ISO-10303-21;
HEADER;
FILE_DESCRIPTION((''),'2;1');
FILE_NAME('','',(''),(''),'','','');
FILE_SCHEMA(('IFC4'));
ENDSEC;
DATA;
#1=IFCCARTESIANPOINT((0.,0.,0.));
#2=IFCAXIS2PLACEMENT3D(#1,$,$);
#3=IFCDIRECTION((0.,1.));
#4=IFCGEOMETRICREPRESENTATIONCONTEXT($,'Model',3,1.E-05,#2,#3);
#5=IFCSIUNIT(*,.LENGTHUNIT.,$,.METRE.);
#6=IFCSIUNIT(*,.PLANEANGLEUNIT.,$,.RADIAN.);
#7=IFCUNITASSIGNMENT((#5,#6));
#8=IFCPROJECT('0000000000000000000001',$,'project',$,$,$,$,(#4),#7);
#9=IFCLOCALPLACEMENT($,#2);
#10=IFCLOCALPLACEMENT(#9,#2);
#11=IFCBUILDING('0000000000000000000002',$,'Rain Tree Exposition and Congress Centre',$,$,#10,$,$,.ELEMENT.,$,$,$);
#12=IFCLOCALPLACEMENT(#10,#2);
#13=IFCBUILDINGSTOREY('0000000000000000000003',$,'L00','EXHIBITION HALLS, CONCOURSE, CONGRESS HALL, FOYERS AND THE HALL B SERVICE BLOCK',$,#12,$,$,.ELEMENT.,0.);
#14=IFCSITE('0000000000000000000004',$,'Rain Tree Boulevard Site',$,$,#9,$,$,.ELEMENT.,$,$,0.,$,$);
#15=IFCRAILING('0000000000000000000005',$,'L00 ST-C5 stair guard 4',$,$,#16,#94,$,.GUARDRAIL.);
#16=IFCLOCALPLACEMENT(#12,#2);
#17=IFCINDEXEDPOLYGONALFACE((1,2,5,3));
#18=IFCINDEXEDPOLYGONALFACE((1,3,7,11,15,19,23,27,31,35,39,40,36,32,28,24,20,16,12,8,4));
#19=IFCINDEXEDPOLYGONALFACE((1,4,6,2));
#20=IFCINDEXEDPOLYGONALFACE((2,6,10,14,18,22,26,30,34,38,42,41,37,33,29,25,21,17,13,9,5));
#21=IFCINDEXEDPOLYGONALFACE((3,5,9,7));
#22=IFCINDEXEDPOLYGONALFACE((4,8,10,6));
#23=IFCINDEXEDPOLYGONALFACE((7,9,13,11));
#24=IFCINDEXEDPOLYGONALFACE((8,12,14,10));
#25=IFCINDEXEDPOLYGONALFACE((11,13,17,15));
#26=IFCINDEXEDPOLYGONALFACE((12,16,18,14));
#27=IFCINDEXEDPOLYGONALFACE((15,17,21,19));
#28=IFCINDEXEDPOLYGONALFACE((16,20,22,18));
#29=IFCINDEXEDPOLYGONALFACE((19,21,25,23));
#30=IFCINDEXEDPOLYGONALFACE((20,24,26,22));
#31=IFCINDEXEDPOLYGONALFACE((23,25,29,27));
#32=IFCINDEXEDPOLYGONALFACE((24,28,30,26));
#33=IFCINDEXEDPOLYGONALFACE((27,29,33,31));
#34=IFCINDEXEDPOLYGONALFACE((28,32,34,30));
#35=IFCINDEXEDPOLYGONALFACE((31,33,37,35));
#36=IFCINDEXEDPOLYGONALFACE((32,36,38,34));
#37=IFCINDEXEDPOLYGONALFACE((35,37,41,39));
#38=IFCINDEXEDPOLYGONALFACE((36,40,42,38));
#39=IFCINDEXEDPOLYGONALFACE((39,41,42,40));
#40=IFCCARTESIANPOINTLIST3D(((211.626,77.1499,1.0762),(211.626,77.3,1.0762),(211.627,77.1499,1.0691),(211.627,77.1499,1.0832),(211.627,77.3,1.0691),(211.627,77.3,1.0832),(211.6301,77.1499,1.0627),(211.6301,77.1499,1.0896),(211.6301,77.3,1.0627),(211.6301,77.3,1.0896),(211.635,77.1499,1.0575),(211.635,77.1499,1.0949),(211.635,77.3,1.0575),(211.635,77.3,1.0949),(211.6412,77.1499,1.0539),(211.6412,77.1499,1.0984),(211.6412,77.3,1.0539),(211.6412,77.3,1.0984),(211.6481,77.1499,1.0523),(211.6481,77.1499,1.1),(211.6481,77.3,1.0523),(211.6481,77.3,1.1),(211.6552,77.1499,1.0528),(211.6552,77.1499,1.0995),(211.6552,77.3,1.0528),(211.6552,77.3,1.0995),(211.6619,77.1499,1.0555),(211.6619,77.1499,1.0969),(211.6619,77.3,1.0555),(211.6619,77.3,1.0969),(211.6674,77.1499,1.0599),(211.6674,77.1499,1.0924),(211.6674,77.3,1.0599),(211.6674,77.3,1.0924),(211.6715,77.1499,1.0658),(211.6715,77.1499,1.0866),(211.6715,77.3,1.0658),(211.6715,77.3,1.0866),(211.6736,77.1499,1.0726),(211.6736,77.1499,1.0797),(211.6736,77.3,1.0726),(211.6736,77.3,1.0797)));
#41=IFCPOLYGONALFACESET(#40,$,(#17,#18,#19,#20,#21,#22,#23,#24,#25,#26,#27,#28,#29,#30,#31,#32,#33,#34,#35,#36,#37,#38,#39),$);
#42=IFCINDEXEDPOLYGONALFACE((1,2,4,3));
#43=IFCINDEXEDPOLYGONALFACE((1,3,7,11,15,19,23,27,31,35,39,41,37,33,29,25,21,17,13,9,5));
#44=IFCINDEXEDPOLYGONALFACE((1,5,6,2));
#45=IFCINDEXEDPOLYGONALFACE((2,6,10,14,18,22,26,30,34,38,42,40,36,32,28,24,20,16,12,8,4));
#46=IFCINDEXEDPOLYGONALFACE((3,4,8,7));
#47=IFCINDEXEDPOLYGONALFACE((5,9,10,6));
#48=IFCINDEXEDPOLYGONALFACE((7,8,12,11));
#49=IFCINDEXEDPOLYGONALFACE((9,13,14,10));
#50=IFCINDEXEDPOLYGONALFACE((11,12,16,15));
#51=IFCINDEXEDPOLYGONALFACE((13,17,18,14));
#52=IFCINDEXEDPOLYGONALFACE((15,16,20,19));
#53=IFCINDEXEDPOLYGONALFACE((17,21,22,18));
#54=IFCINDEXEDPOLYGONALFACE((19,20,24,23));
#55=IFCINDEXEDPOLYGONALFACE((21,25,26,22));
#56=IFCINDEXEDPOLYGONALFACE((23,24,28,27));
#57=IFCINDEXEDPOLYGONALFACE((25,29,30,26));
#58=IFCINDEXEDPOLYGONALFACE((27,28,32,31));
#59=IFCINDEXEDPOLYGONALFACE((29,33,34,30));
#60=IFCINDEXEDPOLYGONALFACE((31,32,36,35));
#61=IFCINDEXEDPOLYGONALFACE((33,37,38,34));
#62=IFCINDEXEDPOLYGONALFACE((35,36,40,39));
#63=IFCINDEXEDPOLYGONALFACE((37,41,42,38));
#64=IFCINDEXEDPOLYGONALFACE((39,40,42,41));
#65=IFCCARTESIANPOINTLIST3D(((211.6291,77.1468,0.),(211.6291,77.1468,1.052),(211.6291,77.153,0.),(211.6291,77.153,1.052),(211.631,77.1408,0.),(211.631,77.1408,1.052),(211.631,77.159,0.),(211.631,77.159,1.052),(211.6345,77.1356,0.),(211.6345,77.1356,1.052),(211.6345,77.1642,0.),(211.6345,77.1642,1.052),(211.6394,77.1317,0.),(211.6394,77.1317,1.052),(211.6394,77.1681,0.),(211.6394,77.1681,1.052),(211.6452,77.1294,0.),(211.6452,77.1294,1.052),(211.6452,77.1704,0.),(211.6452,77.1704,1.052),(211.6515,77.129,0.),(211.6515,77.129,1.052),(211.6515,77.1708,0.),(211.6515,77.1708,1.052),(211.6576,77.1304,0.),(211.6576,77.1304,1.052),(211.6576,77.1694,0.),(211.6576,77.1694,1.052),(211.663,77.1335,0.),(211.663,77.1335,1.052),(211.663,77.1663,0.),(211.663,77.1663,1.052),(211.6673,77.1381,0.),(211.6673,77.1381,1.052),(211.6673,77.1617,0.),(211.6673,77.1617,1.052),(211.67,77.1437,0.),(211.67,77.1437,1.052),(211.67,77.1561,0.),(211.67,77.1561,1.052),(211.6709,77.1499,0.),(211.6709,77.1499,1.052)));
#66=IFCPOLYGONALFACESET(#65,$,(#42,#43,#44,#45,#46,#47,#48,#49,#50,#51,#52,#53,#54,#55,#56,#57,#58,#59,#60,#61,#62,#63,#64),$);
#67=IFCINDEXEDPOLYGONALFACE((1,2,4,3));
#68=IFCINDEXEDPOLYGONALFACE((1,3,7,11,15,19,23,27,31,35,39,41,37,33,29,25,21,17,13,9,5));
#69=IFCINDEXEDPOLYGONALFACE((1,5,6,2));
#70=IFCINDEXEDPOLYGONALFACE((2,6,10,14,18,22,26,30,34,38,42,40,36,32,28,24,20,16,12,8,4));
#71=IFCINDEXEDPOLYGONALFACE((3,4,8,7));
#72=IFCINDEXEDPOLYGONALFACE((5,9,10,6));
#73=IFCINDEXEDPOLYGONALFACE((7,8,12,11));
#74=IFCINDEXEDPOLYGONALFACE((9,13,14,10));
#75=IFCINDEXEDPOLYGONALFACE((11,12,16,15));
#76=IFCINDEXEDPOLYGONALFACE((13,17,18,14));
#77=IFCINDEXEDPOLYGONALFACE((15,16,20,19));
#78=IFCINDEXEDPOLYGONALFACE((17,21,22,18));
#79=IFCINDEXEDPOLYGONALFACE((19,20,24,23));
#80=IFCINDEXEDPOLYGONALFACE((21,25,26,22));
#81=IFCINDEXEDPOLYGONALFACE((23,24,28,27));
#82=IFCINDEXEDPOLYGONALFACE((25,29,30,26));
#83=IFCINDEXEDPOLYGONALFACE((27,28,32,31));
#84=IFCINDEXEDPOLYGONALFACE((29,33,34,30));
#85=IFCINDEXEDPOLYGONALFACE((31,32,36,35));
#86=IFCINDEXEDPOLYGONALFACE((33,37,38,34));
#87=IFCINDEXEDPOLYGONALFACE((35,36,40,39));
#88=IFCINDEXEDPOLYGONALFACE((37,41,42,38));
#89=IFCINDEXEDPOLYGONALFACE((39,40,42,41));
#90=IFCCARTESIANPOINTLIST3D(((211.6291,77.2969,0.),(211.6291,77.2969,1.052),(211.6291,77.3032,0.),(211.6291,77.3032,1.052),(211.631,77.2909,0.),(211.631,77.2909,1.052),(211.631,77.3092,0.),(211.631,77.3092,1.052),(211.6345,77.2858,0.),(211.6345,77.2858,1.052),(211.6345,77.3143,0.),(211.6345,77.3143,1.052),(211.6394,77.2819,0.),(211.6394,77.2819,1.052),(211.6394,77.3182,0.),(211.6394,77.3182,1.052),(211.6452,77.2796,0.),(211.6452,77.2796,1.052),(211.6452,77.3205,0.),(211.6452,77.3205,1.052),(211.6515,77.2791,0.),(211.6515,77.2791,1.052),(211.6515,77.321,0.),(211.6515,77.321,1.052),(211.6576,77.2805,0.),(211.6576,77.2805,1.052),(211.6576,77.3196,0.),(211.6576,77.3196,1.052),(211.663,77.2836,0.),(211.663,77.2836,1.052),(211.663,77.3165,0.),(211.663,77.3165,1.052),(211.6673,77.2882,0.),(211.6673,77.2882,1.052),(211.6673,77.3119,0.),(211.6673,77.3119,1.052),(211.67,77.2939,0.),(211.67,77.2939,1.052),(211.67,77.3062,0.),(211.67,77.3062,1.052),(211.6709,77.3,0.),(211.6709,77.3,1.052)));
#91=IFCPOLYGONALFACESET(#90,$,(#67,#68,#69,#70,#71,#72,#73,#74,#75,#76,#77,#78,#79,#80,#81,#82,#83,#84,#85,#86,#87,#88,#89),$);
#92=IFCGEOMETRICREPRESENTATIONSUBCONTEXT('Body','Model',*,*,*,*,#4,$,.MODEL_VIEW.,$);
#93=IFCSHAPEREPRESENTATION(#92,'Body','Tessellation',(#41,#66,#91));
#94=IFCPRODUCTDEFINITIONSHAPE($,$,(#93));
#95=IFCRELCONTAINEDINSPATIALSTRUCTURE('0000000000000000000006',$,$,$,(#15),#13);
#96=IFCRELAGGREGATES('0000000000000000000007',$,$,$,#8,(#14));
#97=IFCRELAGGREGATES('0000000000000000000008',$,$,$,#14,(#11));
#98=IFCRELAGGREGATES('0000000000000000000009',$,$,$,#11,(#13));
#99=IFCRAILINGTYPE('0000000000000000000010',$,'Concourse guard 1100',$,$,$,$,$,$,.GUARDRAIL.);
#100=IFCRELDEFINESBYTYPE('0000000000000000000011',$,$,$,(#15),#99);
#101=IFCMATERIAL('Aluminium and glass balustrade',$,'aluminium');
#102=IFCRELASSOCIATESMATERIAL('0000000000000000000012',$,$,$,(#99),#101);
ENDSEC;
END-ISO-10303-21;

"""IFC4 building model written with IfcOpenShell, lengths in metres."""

from ifc_helpers import new_model, si_unit, direction, frame, origin, origin_2d, place, context, subcontext, project, spatial, circle, extrude, material, type_object, element, save


model = new_model("IFC4")

# Units and contexts
model_context = context("Model", 3, precision=1e-05, world=origin(), true_north=direction((0.0, 1.0)))
body_context = subcontext(model_context, "Body", "Model", "MODEL_VIEW")
ifc_project = project(units=[si_unit("LENGTHUNIT", "METRE"), si_unit("PLANEANGLEUNIT", "RADIAN")], contexts=[model_context])

# Site, building, storey
site_placement = place(None, origin())
site = spatial("IfcSite", under=ifc_project, at=site_placement, Name="Rain Tree Boulevard Site", CompositionType="ELEMENT", RefElevation=0.0)
building_placement = place(site_placement, origin())
building = spatial("IfcBuilding", under=site, at=building_placement, Name="Rain Tree Exposition and Congress Centre", CompositionType="ELEMENT")
storey_placement = place(building_placement, origin())
storey = spatial("IfcBuildingStorey", under=building, at=storey_placement, Name="L00", Description="EXHIBITION HALLS, CONCOURSE, CONGRESS HALL, FOYERS AND THE HALL B SERVICE BLOCK", CompositionType="ELEMENT", Elevation=0.0)

# Railing
ifc_material_1 = material(Name="Aluminium and glass balustrade", Category="aluminium")
railing_type_1 = type_object("IfcRailingType", Name="Concourse guard 1100", PredefinedType="GUARDRAIL", material=ifc_material_1)
railing_1_placement = place(storey_placement, frame((211.6499, 77.1499, 0.0)))
element("IfcRailing", 1, at=railing_1_placement, inside=storey, type_object=railing_type_1, Name="L00 ST-C5 stair guard 4", PredefinedType="GUARDRAIL", context=body_context, shape_type="SweptSolid", body=[
    extrude(circle(Radius=0.0239, at=origin_2d()), frame((0.0, 0.0, 1.0762), z_axis=(0.0, 1.0, 0.0), x_axis=(-1.0, 0.0, 0.0)), (0.0, 0.0, 1.0), 0.1501),
    extrude(circle(Radius=0.021, at=origin_2d()), origin(), (0.0, 0.0, 1.0), 1.052),
    extrude(circle(Radius=0.021, at=origin_2d()), frame((0.0, 0.1501, 0.0)), (0.0, 0.0, 1.0), 1.052),
])

save(model, "model.ifc")
